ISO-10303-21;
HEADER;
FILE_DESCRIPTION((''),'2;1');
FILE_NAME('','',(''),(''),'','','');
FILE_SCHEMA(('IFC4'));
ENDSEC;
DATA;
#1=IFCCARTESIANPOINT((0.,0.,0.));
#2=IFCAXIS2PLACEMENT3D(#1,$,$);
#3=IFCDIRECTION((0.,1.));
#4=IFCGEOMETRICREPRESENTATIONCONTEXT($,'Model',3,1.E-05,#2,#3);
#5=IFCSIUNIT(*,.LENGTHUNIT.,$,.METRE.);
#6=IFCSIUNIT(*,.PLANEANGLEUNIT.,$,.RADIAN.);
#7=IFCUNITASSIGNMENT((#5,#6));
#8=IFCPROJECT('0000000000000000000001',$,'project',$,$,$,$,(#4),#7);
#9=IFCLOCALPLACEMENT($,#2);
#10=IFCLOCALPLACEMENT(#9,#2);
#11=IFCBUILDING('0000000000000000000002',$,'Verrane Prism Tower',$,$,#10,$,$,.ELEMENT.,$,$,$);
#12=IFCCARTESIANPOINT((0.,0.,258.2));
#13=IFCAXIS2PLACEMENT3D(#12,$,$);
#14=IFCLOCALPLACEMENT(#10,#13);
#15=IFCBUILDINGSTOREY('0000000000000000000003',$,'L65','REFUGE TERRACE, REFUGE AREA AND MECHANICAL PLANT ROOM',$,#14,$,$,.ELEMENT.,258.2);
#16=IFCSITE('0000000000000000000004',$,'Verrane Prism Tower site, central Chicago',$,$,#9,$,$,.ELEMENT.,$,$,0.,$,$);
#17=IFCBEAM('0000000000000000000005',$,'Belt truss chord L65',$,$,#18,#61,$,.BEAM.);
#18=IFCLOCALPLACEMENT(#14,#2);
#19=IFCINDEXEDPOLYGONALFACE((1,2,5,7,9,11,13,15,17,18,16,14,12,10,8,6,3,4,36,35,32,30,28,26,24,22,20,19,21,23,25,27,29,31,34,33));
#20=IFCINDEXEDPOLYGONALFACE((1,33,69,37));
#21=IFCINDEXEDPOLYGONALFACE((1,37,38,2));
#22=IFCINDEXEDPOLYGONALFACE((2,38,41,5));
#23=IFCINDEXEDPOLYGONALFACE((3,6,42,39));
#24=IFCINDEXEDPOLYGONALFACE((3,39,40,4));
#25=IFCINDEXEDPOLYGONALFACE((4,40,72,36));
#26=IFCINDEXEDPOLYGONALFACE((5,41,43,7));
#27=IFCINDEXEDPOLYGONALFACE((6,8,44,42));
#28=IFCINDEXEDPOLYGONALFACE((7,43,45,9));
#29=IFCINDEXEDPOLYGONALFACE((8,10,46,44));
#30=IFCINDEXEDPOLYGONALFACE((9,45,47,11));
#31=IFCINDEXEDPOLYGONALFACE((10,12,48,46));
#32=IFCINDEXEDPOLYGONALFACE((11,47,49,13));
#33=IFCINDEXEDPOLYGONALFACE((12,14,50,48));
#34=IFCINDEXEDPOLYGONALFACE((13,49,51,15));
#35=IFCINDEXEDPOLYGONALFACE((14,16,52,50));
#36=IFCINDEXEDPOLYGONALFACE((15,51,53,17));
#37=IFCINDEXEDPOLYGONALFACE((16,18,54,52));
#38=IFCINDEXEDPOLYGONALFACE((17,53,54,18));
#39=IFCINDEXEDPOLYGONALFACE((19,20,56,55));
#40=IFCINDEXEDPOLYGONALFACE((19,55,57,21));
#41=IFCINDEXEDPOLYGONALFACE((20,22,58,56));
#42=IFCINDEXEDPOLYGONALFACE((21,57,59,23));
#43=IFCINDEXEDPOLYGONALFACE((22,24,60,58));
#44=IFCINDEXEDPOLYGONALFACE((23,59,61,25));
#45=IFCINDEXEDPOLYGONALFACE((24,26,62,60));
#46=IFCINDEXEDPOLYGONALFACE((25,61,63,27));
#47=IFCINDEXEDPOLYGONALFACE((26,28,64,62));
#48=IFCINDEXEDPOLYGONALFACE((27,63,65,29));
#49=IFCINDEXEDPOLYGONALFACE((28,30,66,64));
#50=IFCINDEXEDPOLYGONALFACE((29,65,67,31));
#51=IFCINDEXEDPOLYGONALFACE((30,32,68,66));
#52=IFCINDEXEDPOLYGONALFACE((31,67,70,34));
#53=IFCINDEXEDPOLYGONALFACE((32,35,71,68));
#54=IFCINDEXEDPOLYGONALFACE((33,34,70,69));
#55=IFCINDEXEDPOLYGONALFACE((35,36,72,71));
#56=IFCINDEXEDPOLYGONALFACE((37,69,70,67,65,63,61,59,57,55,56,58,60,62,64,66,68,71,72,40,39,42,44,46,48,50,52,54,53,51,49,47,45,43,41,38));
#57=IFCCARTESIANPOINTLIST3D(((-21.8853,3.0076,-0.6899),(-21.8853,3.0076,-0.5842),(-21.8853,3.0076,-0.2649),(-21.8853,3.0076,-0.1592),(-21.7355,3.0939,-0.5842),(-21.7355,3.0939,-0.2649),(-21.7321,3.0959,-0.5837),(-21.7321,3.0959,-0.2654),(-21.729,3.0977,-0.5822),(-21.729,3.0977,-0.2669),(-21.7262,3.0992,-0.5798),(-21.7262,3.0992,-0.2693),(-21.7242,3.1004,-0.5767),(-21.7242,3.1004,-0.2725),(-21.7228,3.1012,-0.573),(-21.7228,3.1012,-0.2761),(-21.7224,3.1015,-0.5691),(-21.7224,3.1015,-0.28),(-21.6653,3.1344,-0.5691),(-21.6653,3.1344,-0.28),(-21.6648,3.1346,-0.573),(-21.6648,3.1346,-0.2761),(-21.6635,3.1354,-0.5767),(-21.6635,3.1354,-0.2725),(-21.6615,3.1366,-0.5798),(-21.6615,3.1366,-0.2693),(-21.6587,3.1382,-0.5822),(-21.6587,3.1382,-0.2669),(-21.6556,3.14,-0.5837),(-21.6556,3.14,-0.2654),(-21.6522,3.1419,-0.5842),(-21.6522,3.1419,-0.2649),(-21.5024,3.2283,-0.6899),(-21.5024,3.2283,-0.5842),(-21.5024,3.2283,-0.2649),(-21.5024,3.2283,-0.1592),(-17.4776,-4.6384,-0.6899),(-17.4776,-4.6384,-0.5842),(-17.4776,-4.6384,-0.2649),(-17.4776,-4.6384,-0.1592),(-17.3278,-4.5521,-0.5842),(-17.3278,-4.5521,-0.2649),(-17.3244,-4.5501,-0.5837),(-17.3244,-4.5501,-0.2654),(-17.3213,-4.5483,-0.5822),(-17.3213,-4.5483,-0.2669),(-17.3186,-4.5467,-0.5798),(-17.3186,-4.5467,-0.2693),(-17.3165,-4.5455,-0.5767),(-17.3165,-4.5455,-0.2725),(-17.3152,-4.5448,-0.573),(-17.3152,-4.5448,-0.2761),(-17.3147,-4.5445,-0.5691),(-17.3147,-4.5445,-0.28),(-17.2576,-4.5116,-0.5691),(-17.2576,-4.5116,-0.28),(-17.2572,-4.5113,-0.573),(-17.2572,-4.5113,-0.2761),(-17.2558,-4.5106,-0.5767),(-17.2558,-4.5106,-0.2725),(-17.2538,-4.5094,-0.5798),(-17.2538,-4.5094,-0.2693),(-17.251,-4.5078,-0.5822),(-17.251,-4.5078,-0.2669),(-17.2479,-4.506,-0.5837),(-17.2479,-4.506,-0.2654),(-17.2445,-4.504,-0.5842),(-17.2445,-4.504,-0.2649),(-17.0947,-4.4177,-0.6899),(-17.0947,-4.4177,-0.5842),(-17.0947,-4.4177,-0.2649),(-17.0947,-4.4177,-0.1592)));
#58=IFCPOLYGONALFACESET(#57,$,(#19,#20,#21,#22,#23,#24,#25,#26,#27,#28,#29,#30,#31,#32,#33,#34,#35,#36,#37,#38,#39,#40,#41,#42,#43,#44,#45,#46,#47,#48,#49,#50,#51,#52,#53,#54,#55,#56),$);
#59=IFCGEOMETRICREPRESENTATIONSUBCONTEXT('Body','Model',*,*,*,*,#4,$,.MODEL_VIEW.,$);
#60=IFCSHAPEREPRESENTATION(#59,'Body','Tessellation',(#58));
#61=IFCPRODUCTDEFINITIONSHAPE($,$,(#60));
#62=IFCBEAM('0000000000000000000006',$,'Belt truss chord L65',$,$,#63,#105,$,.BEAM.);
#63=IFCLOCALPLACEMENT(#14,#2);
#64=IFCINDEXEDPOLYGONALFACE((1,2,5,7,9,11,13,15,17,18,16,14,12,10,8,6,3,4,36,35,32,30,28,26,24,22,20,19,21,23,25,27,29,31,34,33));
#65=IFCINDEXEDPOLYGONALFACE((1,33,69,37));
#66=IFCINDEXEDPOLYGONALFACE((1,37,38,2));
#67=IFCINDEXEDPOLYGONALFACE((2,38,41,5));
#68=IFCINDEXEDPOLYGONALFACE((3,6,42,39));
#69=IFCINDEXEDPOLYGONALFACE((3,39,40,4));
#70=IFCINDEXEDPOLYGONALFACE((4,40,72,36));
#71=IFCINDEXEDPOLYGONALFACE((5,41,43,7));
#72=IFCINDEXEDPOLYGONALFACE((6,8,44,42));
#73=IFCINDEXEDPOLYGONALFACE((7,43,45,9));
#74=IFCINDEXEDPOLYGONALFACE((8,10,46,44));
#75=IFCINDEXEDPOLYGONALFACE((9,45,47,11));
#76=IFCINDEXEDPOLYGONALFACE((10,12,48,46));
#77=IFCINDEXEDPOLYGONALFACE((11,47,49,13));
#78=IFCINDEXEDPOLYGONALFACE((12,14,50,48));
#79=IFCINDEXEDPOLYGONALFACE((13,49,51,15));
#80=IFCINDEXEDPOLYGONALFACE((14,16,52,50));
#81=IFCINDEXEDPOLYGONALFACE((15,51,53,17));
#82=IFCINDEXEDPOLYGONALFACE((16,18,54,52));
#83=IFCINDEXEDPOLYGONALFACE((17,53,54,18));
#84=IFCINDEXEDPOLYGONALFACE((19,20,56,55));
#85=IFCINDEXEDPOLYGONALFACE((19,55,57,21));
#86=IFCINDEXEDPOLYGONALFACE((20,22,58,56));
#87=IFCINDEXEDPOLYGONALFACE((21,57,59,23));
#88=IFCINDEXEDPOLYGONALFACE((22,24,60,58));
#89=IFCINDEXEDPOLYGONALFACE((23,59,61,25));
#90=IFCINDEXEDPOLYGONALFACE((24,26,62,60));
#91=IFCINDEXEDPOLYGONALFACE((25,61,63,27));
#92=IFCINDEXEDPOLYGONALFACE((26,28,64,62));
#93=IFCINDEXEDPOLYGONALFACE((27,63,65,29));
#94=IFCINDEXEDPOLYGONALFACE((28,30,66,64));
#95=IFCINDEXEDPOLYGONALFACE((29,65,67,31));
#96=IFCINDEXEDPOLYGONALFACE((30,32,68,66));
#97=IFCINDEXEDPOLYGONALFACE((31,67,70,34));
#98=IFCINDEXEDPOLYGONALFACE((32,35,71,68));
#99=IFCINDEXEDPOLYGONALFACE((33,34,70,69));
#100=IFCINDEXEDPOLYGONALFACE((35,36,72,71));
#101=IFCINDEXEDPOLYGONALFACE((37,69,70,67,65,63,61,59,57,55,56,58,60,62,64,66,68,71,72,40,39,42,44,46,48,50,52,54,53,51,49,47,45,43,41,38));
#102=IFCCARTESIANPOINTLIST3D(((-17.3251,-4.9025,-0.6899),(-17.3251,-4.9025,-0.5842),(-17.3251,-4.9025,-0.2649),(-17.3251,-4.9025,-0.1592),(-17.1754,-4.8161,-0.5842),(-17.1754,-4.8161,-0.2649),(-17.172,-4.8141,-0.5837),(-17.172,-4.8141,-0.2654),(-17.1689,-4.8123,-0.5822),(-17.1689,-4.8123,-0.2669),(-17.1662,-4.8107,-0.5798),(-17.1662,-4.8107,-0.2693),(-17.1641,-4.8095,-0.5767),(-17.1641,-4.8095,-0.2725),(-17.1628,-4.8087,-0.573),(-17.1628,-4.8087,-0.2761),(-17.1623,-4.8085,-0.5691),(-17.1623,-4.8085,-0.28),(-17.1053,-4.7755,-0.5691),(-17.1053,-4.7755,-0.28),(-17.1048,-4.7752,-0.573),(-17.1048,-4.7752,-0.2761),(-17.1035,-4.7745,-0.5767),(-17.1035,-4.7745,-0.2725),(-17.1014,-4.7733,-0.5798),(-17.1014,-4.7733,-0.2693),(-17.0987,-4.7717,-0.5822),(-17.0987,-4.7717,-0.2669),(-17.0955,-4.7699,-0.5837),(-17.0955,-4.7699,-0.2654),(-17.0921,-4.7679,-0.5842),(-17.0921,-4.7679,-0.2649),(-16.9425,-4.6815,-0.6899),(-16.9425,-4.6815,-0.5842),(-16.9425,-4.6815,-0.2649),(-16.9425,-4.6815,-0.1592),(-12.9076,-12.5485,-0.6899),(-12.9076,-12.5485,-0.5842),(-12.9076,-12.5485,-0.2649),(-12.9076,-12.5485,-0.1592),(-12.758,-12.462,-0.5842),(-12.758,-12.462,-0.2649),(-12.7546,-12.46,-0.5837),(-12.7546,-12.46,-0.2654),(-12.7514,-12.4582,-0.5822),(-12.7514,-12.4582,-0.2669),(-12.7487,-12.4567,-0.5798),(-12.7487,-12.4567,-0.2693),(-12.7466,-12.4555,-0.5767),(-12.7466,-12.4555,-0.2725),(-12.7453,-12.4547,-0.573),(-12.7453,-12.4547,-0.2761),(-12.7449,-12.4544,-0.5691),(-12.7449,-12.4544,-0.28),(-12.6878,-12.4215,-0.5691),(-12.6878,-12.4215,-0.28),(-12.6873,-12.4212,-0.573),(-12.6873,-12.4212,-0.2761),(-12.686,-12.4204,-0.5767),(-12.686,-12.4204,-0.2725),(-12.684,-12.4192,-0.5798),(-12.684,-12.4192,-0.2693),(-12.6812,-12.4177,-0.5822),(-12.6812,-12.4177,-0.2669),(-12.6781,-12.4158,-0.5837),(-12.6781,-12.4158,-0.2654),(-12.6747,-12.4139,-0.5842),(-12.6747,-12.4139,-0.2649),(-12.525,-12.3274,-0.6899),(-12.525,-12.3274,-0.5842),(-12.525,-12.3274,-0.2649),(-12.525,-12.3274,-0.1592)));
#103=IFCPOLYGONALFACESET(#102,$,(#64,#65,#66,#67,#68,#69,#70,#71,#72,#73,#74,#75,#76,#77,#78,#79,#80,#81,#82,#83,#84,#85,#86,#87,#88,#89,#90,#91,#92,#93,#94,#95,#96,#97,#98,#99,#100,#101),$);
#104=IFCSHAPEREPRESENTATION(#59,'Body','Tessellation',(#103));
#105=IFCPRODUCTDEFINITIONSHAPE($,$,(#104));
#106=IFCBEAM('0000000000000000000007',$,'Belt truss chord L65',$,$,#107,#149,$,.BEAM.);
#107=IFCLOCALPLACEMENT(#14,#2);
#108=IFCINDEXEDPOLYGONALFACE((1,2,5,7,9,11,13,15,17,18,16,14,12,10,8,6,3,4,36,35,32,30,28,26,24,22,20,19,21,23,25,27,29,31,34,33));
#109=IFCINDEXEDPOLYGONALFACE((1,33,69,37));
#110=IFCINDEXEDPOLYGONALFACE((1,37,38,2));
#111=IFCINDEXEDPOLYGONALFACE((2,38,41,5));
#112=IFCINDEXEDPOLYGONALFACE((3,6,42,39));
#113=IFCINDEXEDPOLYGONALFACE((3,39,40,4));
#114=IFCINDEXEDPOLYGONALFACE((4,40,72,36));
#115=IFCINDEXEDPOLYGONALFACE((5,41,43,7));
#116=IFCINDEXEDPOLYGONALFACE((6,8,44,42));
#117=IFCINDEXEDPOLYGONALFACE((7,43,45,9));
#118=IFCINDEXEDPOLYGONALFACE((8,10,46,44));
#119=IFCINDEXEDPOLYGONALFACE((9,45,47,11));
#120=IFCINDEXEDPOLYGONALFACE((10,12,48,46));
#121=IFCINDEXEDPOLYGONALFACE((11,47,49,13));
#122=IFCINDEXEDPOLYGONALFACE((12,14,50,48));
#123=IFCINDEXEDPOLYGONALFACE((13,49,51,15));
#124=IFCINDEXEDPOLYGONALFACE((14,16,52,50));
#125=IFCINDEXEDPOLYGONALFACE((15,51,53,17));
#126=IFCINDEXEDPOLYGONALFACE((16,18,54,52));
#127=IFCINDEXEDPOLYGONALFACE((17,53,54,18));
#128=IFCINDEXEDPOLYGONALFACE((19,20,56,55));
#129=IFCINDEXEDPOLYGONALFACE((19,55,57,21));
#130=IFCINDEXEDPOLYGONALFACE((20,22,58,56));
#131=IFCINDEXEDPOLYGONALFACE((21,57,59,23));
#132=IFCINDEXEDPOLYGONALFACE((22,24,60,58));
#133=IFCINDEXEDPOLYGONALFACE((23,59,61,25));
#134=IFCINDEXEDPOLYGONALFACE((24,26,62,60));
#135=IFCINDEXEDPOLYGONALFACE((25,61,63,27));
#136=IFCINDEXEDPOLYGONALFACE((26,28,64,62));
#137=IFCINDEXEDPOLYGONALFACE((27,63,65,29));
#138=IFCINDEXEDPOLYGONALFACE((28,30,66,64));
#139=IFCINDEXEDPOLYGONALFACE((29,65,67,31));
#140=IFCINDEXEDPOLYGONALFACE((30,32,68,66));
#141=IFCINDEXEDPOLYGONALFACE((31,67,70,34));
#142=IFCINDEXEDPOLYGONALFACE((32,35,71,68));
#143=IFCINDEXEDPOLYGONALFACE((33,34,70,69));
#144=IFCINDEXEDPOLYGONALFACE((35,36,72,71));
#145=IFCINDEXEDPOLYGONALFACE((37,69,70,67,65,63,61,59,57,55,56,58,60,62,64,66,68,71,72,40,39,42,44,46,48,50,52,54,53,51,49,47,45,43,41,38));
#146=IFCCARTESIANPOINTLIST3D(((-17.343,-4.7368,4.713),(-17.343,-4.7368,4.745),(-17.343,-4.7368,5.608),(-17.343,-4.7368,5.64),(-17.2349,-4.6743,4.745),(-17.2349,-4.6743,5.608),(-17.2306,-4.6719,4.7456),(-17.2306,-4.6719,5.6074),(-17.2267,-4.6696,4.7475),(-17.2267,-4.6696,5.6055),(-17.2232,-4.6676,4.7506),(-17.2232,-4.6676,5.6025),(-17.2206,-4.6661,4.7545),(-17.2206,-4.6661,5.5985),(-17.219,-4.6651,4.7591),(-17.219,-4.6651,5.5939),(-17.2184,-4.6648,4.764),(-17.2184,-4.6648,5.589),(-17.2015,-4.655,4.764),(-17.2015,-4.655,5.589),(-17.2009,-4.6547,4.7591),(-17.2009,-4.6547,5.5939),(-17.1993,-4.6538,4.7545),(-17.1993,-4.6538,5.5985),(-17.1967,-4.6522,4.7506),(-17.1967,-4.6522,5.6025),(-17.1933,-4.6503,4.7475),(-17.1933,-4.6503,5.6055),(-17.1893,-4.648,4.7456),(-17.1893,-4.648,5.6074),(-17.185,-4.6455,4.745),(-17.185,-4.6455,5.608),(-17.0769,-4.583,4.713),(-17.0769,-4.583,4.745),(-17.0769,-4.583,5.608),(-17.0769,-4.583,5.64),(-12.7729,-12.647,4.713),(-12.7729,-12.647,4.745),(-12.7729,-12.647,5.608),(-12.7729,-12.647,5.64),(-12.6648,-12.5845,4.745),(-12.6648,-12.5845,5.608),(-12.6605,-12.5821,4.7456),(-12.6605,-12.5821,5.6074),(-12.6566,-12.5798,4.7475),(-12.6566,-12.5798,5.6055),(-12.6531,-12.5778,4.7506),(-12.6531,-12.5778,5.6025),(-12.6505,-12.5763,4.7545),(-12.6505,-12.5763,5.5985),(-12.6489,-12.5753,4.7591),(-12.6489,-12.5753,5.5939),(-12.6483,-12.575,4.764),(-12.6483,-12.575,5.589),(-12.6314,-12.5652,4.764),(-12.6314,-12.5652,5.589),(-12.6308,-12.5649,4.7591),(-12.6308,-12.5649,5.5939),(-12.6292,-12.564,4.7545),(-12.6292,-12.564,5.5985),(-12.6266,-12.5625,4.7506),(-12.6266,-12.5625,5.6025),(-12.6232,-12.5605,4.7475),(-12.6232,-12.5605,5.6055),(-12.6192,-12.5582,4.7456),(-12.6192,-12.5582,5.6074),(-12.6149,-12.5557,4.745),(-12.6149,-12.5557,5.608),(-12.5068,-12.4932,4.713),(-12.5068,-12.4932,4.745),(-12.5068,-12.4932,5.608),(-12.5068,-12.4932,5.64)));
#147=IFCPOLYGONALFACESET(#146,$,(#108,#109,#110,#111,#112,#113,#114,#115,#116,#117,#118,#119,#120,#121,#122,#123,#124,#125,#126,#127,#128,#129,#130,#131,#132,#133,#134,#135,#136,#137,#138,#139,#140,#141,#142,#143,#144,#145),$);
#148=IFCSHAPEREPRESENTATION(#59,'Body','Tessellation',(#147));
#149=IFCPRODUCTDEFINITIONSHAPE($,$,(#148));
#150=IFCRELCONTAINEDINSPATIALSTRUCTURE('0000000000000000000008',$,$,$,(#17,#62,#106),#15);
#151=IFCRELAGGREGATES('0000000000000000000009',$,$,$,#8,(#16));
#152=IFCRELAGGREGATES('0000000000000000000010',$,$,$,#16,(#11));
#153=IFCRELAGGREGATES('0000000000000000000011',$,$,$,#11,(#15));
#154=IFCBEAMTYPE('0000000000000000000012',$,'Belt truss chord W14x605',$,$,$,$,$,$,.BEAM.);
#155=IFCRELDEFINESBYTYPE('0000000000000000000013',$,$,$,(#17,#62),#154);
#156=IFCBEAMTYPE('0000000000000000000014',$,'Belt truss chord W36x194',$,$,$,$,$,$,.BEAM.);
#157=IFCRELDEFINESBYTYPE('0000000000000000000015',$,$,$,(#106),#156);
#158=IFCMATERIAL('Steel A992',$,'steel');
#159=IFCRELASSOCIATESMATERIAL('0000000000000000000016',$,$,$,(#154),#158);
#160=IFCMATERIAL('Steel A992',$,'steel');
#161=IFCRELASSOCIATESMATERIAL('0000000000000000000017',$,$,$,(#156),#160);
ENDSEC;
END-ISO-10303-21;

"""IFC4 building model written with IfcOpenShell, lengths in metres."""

from ifc_helpers import new_model, si_unit, direction, frame, origin, origin_2d, place, context, subcontext, project, spatial, i_section, extrude, material, material_profile, profile_set, type_object, element, save


model = new_model("IFC4")

# Units and contexts
model_context = context("Model", 3, precision=1e-05, world=origin(), true_north=direction((0.0, 1.0)))
body_context = subcontext(model_context, "Body", "Model", "MODEL_VIEW")
ifc_project = project(units=[si_unit("LENGTHUNIT", "METRE"), si_unit("PLANEANGLEUNIT", "RADIAN")], contexts=[model_context])

# Site, building, storey
site_placement = place(None, origin())
site = spatial("IfcSite", under=ifc_project, at=site_placement, Name="Verrane Prism Tower site, central Chicago", CompositionType="ELEMENT", RefElevation=0.0)
building_placement = place(site_placement, origin())
building = spatial("IfcBuilding", under=site, at=building_placement, Name="Verrane Prism Tower", CompositionType="ELEMENT")
storey_placement = place(building_placement, frame((0.0, 0.0, 258.2)))
storey = spatial("IfcBuildingStorey", under=building, at=storey_placement, Name="L65", Description="REFUGE TERRACE, REFUGE AREA AND MECHANICAL PLANT ROOM", CompositionType="ELEMENT", Elevation=258.2)

# Beams
ifc_material_1 = material(Name="Steel A992", Category="steel")
ifc_material_profile_1 = material_profile(ifc_material_1, i_section(OverallWidth=0.4419, OverallDepth=0.5308, WebThickness=0.0659, FlangeThickness=0.1057, FilletRadius=0.0151, at=origin_2d()), Name="W14x605")
ifc_profile_set_1 = profile_set([ifc_material_profile_1], Name="Steel A992")
beam_type_1 = type_object("IfcBeamType", Name="Belt truss chord W14x605", PredefinedType="BEAM", material=ifc_profile_set_1)
beam_1_placement = place(storey_placement, frame((-21.6938, 3.1179, -0.4246), z_axis=(0.49943, -0.866354, 0.0), x_axis=(0.866354, 0.49943, 0.0)))
element("IfcBeam", 1, at=beam_1_placement, inside=storey, type_object=beam_type_1, Name="Belt truss chord L65", PredefinedType="BEAM", context=body_context, shape_type="SweptSolid", body=[
    extrude(i_section(OverallWidth=0.4419, OverallDepth=0.5308, WebThickness=0.0659, FlangeThickness=0.1057, FilletRadius=0.0151, at=origin_2d()), origin(), (0.0, 0.0, 1.0), 8.8254),
])
beam_2_placement = place(storey_placement, frame((-17.1338, -4.792, -0.4246), z_axis=(0.50026, -0.865875, 0.0), x_axis=(0.865875, 0.50026, 0.0)))
element("IfcBeam", 2, at=beam_2_placement, inside=storey, type_object=beam_type_1, Name="Belt truss chord L65", PredefinedType="BEAM", context=body_context, shape_type="SweptSolid", body=[
    extrude(i_section(OverallWidth=0.4419, OverallDepth=0.5308, WebThickness=0.0659, FlangeThickness=0.1057, FilletRadius=0.0151, at=origin_2d()), origin(), (0.0, 0.0, 1.0), 8.8303),
])
ifc_material_2 = material(Name="Steel A992", Category="steel")
ifc_material_profile_2 = material_profile(ifc_material_2, i_section(OverallWidth=0.3074, OverallDepth=0.927, WebThickness=0.0195, FlangeThickness=0.032, FilletRadius=0.019, at=origin_2d()), Name="W36x194")
ifc_profile_set_2 = profile_set([ifc_material_profile_2], Name="Steel A992")
beam_type_2 = type_object("IfcBeamType", Name="Belt truss chord W36x194", PredefinedType="BEAM", material=ifc_profile_set_2)
beam_3_placement = place(storey_placement, frame((-17.21, -4.6599, 5.1765), z_axis=(0.500258, -0.865877, 0.0), x_axis=(0.865877, 0.500258, 0.0)))
element("IfcBeam", 3, at=beam_3_placement, inside=storey, type_object=beam_type_2, Name="Belt truss chord L65", PredefinedType="BEAM", context=body_context, shape_type="SweptSolid", body=[
    extrude(i_section(OverallWidth=0.3074, OverallDepth=0.927, WebThickness=0.0195, FlangeThickness=0.032, FilletRadius=0.019, at=origin_2d()), origin(), (0.0, 0.0, 1.0), 9.1355),
])

save(model, "model.ifc")
